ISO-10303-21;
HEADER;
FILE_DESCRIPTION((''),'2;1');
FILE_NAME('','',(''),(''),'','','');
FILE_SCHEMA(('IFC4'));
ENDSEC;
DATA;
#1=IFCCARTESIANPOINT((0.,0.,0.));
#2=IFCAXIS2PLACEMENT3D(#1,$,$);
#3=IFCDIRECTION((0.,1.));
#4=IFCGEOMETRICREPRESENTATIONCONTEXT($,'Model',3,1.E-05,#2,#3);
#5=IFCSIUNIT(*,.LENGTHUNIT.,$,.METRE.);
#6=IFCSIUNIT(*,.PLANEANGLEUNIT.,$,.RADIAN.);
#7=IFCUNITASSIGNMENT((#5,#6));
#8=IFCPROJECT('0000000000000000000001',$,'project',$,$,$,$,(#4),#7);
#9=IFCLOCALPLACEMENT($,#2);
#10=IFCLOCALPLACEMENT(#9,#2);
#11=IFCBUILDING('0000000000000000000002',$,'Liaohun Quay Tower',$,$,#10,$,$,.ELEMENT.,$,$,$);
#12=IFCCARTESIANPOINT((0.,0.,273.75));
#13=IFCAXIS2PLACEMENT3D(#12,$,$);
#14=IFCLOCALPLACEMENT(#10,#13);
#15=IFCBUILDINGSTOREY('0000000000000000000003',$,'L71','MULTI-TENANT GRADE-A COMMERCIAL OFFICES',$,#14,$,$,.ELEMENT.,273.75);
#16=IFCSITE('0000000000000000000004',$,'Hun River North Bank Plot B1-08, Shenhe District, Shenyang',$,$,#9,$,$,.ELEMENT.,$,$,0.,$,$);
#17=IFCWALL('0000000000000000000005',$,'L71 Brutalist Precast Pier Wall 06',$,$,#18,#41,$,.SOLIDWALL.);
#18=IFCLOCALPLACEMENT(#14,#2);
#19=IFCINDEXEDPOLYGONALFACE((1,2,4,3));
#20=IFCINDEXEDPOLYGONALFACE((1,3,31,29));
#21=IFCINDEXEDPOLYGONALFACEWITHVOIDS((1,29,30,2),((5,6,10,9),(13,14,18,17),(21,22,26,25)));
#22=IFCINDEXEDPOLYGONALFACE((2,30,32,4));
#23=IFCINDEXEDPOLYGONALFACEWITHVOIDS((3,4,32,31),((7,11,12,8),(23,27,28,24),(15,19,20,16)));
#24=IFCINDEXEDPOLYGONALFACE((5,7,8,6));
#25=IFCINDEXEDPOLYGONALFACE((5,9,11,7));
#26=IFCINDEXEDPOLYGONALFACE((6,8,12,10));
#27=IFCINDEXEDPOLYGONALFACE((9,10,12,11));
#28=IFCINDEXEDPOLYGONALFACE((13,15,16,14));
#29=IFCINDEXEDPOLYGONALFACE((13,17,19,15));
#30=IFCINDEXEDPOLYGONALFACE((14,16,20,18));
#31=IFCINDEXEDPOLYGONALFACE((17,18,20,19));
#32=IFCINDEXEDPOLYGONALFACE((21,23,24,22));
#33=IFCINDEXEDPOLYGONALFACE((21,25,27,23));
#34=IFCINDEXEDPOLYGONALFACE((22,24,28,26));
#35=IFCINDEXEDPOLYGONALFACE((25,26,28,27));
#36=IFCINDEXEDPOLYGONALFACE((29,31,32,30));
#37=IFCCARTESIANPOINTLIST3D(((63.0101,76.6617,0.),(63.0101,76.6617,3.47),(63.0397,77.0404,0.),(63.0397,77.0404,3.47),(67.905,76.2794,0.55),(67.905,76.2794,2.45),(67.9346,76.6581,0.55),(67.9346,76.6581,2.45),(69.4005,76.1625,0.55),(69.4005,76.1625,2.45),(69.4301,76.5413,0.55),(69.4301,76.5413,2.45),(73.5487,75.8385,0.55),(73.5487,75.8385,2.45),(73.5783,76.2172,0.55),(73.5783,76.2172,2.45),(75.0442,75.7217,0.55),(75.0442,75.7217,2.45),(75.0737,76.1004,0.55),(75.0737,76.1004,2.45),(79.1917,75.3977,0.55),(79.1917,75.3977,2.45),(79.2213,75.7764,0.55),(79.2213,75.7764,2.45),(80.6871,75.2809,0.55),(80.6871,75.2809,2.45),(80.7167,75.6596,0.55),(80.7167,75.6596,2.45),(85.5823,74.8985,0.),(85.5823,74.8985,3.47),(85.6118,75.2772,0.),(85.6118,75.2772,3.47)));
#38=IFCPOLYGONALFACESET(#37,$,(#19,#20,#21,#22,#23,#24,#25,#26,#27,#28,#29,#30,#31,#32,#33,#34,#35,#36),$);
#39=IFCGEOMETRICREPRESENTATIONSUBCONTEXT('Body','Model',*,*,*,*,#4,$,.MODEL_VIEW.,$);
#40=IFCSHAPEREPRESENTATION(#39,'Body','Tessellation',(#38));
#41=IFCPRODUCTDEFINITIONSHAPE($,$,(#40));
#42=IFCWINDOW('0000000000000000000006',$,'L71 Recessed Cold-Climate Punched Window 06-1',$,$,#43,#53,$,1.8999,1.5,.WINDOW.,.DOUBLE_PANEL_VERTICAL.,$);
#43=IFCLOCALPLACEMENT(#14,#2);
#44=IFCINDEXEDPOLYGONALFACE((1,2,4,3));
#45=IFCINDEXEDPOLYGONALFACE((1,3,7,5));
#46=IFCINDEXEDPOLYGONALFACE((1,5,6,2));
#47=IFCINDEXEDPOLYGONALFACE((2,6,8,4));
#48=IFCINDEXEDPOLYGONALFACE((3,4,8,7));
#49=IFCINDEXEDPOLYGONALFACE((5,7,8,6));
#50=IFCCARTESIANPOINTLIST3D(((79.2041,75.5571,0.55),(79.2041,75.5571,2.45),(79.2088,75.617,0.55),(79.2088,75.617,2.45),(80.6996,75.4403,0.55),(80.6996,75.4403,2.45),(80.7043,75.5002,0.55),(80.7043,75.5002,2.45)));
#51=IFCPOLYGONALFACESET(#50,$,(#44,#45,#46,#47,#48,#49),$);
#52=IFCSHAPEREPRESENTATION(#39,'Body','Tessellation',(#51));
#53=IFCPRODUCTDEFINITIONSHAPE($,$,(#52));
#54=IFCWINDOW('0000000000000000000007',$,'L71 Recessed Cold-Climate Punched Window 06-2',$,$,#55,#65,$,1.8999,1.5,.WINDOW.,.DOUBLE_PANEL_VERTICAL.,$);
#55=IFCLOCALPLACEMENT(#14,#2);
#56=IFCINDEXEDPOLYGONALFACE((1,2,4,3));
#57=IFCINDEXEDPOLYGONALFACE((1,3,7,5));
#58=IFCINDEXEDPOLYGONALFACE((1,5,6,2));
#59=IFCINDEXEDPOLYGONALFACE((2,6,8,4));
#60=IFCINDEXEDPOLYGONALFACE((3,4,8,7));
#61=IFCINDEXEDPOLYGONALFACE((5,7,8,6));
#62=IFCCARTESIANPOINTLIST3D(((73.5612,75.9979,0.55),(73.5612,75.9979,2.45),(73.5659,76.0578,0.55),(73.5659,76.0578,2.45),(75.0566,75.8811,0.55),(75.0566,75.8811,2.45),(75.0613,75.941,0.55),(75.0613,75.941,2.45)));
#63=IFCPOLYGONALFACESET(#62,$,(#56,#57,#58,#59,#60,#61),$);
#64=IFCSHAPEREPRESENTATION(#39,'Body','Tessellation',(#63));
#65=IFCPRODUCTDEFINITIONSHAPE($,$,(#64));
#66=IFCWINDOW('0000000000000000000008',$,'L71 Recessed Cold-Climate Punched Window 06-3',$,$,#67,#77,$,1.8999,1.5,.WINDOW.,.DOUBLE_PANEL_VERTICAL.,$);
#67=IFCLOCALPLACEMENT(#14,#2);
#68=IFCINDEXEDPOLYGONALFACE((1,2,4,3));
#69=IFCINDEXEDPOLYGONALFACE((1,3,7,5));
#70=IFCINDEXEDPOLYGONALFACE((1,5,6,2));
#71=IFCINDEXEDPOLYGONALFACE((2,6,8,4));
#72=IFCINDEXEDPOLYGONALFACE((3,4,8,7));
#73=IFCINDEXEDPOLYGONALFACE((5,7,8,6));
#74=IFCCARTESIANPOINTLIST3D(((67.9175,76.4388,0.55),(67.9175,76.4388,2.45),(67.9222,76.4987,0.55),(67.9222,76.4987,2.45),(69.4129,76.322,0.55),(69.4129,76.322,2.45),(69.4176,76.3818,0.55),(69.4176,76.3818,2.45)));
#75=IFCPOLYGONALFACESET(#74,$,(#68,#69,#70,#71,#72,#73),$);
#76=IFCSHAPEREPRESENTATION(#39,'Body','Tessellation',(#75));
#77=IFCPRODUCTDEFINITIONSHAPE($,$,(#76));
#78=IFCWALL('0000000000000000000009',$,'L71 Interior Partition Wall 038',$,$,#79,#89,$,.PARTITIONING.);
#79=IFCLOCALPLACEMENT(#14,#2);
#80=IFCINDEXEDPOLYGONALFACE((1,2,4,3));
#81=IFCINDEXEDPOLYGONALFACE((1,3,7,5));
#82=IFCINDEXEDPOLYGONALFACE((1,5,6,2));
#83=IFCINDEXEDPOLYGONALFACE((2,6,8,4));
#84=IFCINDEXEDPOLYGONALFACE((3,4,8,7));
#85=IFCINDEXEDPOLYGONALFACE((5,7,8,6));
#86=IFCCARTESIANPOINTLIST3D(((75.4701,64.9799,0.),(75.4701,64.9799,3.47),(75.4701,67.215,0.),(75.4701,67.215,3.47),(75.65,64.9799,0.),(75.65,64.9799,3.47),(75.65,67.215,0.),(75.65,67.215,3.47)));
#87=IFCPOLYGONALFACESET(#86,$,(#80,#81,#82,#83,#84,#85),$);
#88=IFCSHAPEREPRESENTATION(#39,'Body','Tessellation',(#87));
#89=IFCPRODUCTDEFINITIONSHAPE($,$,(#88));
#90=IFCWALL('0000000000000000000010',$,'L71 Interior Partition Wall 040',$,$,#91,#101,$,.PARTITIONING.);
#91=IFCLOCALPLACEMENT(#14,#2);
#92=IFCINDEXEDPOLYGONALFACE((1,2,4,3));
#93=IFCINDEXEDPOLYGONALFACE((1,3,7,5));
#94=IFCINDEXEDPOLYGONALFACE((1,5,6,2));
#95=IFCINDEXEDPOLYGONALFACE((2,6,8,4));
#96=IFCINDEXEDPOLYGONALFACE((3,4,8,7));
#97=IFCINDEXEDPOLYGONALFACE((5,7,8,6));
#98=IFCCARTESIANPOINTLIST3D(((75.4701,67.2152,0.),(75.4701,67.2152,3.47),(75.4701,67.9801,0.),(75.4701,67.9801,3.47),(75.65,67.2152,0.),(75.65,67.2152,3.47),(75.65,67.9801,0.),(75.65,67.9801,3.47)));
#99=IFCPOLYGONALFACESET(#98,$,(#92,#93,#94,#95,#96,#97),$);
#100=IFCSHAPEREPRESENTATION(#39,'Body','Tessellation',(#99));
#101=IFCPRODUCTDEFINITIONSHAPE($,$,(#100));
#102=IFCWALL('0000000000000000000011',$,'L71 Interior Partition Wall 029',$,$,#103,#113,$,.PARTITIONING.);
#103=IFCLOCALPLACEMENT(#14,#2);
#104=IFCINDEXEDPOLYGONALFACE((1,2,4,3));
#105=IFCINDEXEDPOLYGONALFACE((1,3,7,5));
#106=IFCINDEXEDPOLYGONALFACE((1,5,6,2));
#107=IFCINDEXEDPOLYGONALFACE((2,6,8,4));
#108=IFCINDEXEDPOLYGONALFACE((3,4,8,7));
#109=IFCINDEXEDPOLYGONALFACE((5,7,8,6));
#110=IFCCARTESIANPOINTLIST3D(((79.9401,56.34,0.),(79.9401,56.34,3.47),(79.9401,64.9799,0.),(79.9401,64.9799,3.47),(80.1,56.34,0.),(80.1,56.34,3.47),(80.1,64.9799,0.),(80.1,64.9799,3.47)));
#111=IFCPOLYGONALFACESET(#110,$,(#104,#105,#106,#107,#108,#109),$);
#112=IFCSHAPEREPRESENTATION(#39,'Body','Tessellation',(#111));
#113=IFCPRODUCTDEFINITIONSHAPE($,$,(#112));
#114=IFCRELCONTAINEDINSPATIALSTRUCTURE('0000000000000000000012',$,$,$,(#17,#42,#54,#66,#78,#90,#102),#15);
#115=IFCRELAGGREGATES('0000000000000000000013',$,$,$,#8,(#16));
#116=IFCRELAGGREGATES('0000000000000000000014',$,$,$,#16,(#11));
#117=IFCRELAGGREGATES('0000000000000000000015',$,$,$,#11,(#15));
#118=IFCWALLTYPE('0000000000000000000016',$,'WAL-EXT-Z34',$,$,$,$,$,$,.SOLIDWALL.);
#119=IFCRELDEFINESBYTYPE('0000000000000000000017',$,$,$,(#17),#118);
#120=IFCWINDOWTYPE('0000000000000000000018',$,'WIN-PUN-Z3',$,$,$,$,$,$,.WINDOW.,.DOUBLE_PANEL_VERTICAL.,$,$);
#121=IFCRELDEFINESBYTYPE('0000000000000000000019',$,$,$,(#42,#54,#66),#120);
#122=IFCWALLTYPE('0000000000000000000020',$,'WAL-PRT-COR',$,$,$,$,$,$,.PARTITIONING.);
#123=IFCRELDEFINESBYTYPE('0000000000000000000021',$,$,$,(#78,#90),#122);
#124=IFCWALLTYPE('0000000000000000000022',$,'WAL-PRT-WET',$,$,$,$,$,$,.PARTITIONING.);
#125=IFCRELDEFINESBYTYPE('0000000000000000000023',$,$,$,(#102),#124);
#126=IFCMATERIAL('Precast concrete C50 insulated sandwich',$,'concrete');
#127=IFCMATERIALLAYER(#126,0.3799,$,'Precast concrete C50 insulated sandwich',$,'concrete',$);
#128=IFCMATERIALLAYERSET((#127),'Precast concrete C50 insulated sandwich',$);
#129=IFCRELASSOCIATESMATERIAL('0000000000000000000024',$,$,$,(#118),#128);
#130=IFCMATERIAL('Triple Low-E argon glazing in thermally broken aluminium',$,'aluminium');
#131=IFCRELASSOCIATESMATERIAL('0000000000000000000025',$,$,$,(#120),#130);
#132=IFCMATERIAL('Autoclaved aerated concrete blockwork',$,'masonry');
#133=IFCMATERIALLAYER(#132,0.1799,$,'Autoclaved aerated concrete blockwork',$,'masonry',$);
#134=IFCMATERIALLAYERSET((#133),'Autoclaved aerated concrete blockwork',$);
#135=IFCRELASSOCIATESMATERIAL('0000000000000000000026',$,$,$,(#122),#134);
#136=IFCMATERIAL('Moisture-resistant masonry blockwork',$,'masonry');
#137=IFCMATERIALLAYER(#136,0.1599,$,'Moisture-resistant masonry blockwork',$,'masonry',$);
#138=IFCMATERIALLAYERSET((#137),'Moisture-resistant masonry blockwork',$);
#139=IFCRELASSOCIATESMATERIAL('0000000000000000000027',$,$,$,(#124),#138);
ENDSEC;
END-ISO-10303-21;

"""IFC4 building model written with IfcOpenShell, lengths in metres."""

from ifc_helpers import new_model, si_unit, direction, frame, frame_2d, origin, place, context, subcontext, project, spatial, rectangle, extrude, source, transform, mapped, material, layer, layer_set, type_object, element, fill, save


model = new_model("IFC4")

# Units and contexts
model_context = context("Model", 3, precision=1e-05, world=origin(), true_north=direction((0.0, 1.0)))
body_context = subcontext(model_context, "Body", "Model", "MODEL_VIEW")
ifc_project = project(units=[si_unit("LENGTHUNIT", "METRE"), si_unit("PLANEANGLEUNIT", "RADIAN")], contexts=[model_context])

# Site, building, storey
site_placement = place(None, origin())
site = spatial("IfcSite", under=ifc_project, at=site_placement, Name="Hun River North Bank Plot B1-08, Shenhe District, Shenyang", CompositionType="ELEMENT", RefElevation=0.0)
building_placement = place(site_placement, origin())
building = spatial("IfcBuilding", under=site, at=building_placement, Name="Liaohun Quay Tower", CompositionType="ELEMENT")
storey_placement = place(building_placement, frame((0.0, 0.0, 273.75)))
storey = spatial("IfcBuildingStorey", under=building, at=storey_placement, Name="L71", Description="MULTI-TENANT GRADE-A COMMERCIAL OFFICES", CompositionType="ELEMENT", Elevation=273.75)

# Shared definitions
ifc_material_1 = material(Name="Precast concrete C50 insulated sandwich", Category="concrete")
ifc_layer_1 = layer(ifc_material_1, 0.3799, Name="Precast concrete C50 insulated sandwich", Category="concrete")
ifc_layer_set_1 = layer_set([ifc_layer_1], Name="Precast concrete C50 insulated sandwich")
wall_type_1 = type_object("IfcWallType", Name="WAL-EXT-Z34", PredefinedType="SOLIDWALL", material=ifc_layer_set_1)

# Wall, openings, windows
wall_1_placement = place(storey_placement, frame((85.5969, 75.0879, 0.0), z_axis=(0.0, 0.0, 1.0), x_axis=(-0.996963, 0.077876, 0.0)))
wall_1 = element("IfcWall", 1, at=wall_1_placement, inside=storey, type_object=wall_type_1, Name="L71 Brutalist Precast Pier Wall 06", PredefinedType="SOLIDWALL", context=body_context, shape_type="SweptSolid", body=[
    extrude(rectangle(XDim=22.6409, YDim=0.3799, at=frame_2d((11.3203, 0.0))), origin(), (0.0, 0.0, 1.0), 3.47),
])
shared_shape_1 = source(origin(), body_context, "Body", "SweptSolid", [
    extrude(rectangle(XDim=1.5, YDim=1.8999, at=frame_2d((0.75, 0.95))), frame((0.0, 0.2, 0.0), z_axis=(0.0, -1.0, 0.0), x_axis=(1.0, 0.0, 0.0)), (0.0, 0.0, 1.0), 0.3999),
])
opening_1_placement = place(wall_1_placement, frame((4.9099, 0.0, 0.55)))
opening_1 = element("IfcOpeningElement", 2, at=opening_1_placement, cuts=wall_1, PredefinedType="OPENING", context=body_context, shape_type="MappedRepresentation", body=[
    mapped(shared_shape_1, transform((0.0, 0.0, 0.0), x_axis=(1.0, 0.0, 0.0), y_axis=(0.0, 1.0, 0.0), z_axis=(0.0, 0.0, 1.0), scale=1.0)),
])
opening_2_placement = place(wall_1_placement, frame((10.5701, 0.0, 0.55)))
opening_2 = element("IfcOpeningElement", 3, at=opening_2_placement, cuts=wall_1, PredefinedType="OPENING", context=body_context, shape_type="MappedRepresentation", body=[
    mapped(shared_shape_1, transform((0.0, 0.0, 0.0), x_axis=(1.0, 0.0, 0.0), y_axis=(0.0, 1.0, 0.0), z_axis=(0.0, 0.0, 1.0), scale=1.0)),
])
opening_3_placement = place(wall_1_placement, frame((16.231, 0.0, 0.55)))
opening_3 = element("IfcOpeningElement", 4, at=opening_3_placement, cuts=wall_1, PredefinedType="OPENING", context=body_context, shape_type="MappedRepresentation", body=[
    mapped(shared_shape_1, transform((0.0, 0.0, 0.0), x_axis=(1.0, 0.0, 0.0), y_axis=(0.0, 1.0, 0.0), z_axis=(0.0, 0.0, 1.0), scale=1.0)),
])
ifc_material_2 = material(Name="Triple Low-E argon glazing in thermally broken aluminium", Category="aluminium")
window_type_1 = type_object("IfcWindowType", Name="WIN-PUN-Z3", PartitioningType="DOUBLE_PANEL_VERTICAL", PredefinedType="WINDOW", material=ifc_material_2)
shared_shape_2 = source(origin(), body_context, "Body", "SweptSolid", [
    extrude(rectangle(XDim=1.5, YDim=1.8999, at=frame_2d((0.75, 0.95))), frame((0.0, 0.03, 0.0), z_axis=(0.0, -1.0, 0.0), x_axis=(1.0, 0.0, 0.0)), (0.0, 0.0, 1.0), 0.0601),
])
window_1_placement = place(opening_1_placement, origin())
window_1 = element("IfcWindow", 5, at=window_1_placement, inside=storey, type_object=window_type_1, Name="L71 Recessed Cold-Climate Punched Window 06-1", OverallHeight=1.8999, OverallWidth=1.5, PartitioningType="DOUBLE_PANEL_VERTICAL", PredefinedType="WINDOW", context=body_context, shape_type="MappedRepresentation", body=[
    mapped(shared_shape_2, transform((0.0, 0.0, 0.0), x_axis=(1.0, 0.0, 0.0), y_axis=(0.0, 1.0, 0.0), z_axis=(0.0, 0.0, 1.0), scale=1.0)),
])
fill(opening_1, window_1)
window_2_placement = place(opening_2_placement, origin())
window_2 = element("IfcWindow", 6, at=window_2_placement, inside=storey, type_object=window_type_1, Name="L71 Recessed Cold-Climate Punched Window 06-2", OverallHeight=1.8999, OverallWidth=1.5, PartitioningType="DOUBLE_PANEL_VERTICAL", PredefinedType="WINDOW", context=body_context, shape_type="MappedRepresentation", body=[
    mapped(shared_shape_2, transform((0.0, 0.0, 0.0), x_axis=(1.0, 0.0, 0.0), y_axis=(0.0, 1.0, 0.0), z_axis=(0.0, 0.0, 1.0), scale=1.0)),
])
fill(opening_2, window_2)
window_3_placement = place(opening_3_placement, origin())
window_3 = element("IfcWindow", 7, at=window_3_placement, inside=storey, type_object=window_type_1, Name="L71 Recessed Cold-Climate Punched Window 06-3", OverallHeight=1.8999, OverallWidth=1.5, PartitioningType="DOUBLE_PANEL_VERTICAL", PredefinedType="WINDOW", context=body_context, shape_type="MappedRepresentation", body=[
    mapped(shared_shape_2, transform((0.0, 0.0, 0.0), x_axis=(1.0, 0.0, 0.0), y_axis=(0.0, 1.0, 0.0), z_axis=(0.0, 0.0, 1.0), scale=1.0)),
])
fill(opening_3, window_3)

# Walls
ifc_material_3 = material(Name="Autoclaved aerated concrete blockwork", Category="masonry")
ifc_layer_2 = layer(ifc_material_3, 0.1799, Name="Autoclaved aerated concrete blockwork", Category="masonry")
ifc_layer_set_2 = layer_set([ifc_layer_2], Name="Autoclaved aerated concrete blockwork")
wall_type_2 = type_object("IfcWallType", Name="WAL-PRT-COR", PredefinedType="PARTITIONING", material=ifc_layer_set_2)
wall_2_placement = place(storey_placement, frame((75.5601, 67.2151, 0.0), z_axis=(0.0, 0.0, 1.0), x_axis=(0.0, -1.0, 0.0)))
element("IfcWall", 8, at=wall_2_placement, inside=storey, type_object=wall_type_2, Name="L71 Interior Partition Wall 038", PredefinedType="PARTITIONING", context=body_context, shape_type="SweptSolid", body=[
    extrude(rectangle(XDim=2.2351, YDim=0.1799, at=frame_2d((1.1177, 0.0))), origin(), (0.0, 0.0, 1.0), 3.47),
])
wall_3_placement = place(storey_placement, frame((75.5601, 67.98, 0.0), z_axis=(0.0, 0.0, 1.0), x_axis=(0.0, -1.0, 0.0)))
element("IfcWall", 9, at=wall_3_placement, inside=storey, type_object=wall_type_2, Name="L71 Interior Partition Wall 040", PredefinedType="PARTITIONING", context=body_context, shape_type="SweptSolid", body=[
    extrude(rectangle(XDim=0.7649, YDim=0.1799, at=frame_2d((0.3823, 0.0))), origin(), (0.0, 0.0, 1.0), 3.47),
])
ifc_material_4 = material(Name="Moisture-resistant masonry blockwork", Category="masonry")
ifc_layer_3 = layer(ifc_material_4, 0.1599, Name="Moisture-resistant masonry blockwork", Category="masonry")
ifc_layer_set_3 = layer_set([ifc_layer_3], Name="Moisture-resistant masonry blockwork")
wall_type_3 = type_object("IfcWallType", Name="WAL-PRT-WET", PredefinedType="PARTITIONING", material=ifc_layer_set_3)
wall_4_placement = place(storey_placement, frame((80.02, 56.3401, 0.0), z_axis=(0.0, 0.0, 1.0), x_axis=(0.0, 1.0, 0.0)))
element("IfcWall", 10, at=wall_4_placement, inside=storey, type_object=wall_type_3, Name="L71 Interior Partition Wall 029", PredefinedType="PARTITIONING", context=body_context, shape_type="SweptSolid", body=[
    extrude(rectangle(XDim=8.6399, YDim=0.1599, at=frame_2d((4.3198, 0.0))), origin(), (0.0, 0.0, 1.0), 3.47),
])

save(model, "model.ifc")
